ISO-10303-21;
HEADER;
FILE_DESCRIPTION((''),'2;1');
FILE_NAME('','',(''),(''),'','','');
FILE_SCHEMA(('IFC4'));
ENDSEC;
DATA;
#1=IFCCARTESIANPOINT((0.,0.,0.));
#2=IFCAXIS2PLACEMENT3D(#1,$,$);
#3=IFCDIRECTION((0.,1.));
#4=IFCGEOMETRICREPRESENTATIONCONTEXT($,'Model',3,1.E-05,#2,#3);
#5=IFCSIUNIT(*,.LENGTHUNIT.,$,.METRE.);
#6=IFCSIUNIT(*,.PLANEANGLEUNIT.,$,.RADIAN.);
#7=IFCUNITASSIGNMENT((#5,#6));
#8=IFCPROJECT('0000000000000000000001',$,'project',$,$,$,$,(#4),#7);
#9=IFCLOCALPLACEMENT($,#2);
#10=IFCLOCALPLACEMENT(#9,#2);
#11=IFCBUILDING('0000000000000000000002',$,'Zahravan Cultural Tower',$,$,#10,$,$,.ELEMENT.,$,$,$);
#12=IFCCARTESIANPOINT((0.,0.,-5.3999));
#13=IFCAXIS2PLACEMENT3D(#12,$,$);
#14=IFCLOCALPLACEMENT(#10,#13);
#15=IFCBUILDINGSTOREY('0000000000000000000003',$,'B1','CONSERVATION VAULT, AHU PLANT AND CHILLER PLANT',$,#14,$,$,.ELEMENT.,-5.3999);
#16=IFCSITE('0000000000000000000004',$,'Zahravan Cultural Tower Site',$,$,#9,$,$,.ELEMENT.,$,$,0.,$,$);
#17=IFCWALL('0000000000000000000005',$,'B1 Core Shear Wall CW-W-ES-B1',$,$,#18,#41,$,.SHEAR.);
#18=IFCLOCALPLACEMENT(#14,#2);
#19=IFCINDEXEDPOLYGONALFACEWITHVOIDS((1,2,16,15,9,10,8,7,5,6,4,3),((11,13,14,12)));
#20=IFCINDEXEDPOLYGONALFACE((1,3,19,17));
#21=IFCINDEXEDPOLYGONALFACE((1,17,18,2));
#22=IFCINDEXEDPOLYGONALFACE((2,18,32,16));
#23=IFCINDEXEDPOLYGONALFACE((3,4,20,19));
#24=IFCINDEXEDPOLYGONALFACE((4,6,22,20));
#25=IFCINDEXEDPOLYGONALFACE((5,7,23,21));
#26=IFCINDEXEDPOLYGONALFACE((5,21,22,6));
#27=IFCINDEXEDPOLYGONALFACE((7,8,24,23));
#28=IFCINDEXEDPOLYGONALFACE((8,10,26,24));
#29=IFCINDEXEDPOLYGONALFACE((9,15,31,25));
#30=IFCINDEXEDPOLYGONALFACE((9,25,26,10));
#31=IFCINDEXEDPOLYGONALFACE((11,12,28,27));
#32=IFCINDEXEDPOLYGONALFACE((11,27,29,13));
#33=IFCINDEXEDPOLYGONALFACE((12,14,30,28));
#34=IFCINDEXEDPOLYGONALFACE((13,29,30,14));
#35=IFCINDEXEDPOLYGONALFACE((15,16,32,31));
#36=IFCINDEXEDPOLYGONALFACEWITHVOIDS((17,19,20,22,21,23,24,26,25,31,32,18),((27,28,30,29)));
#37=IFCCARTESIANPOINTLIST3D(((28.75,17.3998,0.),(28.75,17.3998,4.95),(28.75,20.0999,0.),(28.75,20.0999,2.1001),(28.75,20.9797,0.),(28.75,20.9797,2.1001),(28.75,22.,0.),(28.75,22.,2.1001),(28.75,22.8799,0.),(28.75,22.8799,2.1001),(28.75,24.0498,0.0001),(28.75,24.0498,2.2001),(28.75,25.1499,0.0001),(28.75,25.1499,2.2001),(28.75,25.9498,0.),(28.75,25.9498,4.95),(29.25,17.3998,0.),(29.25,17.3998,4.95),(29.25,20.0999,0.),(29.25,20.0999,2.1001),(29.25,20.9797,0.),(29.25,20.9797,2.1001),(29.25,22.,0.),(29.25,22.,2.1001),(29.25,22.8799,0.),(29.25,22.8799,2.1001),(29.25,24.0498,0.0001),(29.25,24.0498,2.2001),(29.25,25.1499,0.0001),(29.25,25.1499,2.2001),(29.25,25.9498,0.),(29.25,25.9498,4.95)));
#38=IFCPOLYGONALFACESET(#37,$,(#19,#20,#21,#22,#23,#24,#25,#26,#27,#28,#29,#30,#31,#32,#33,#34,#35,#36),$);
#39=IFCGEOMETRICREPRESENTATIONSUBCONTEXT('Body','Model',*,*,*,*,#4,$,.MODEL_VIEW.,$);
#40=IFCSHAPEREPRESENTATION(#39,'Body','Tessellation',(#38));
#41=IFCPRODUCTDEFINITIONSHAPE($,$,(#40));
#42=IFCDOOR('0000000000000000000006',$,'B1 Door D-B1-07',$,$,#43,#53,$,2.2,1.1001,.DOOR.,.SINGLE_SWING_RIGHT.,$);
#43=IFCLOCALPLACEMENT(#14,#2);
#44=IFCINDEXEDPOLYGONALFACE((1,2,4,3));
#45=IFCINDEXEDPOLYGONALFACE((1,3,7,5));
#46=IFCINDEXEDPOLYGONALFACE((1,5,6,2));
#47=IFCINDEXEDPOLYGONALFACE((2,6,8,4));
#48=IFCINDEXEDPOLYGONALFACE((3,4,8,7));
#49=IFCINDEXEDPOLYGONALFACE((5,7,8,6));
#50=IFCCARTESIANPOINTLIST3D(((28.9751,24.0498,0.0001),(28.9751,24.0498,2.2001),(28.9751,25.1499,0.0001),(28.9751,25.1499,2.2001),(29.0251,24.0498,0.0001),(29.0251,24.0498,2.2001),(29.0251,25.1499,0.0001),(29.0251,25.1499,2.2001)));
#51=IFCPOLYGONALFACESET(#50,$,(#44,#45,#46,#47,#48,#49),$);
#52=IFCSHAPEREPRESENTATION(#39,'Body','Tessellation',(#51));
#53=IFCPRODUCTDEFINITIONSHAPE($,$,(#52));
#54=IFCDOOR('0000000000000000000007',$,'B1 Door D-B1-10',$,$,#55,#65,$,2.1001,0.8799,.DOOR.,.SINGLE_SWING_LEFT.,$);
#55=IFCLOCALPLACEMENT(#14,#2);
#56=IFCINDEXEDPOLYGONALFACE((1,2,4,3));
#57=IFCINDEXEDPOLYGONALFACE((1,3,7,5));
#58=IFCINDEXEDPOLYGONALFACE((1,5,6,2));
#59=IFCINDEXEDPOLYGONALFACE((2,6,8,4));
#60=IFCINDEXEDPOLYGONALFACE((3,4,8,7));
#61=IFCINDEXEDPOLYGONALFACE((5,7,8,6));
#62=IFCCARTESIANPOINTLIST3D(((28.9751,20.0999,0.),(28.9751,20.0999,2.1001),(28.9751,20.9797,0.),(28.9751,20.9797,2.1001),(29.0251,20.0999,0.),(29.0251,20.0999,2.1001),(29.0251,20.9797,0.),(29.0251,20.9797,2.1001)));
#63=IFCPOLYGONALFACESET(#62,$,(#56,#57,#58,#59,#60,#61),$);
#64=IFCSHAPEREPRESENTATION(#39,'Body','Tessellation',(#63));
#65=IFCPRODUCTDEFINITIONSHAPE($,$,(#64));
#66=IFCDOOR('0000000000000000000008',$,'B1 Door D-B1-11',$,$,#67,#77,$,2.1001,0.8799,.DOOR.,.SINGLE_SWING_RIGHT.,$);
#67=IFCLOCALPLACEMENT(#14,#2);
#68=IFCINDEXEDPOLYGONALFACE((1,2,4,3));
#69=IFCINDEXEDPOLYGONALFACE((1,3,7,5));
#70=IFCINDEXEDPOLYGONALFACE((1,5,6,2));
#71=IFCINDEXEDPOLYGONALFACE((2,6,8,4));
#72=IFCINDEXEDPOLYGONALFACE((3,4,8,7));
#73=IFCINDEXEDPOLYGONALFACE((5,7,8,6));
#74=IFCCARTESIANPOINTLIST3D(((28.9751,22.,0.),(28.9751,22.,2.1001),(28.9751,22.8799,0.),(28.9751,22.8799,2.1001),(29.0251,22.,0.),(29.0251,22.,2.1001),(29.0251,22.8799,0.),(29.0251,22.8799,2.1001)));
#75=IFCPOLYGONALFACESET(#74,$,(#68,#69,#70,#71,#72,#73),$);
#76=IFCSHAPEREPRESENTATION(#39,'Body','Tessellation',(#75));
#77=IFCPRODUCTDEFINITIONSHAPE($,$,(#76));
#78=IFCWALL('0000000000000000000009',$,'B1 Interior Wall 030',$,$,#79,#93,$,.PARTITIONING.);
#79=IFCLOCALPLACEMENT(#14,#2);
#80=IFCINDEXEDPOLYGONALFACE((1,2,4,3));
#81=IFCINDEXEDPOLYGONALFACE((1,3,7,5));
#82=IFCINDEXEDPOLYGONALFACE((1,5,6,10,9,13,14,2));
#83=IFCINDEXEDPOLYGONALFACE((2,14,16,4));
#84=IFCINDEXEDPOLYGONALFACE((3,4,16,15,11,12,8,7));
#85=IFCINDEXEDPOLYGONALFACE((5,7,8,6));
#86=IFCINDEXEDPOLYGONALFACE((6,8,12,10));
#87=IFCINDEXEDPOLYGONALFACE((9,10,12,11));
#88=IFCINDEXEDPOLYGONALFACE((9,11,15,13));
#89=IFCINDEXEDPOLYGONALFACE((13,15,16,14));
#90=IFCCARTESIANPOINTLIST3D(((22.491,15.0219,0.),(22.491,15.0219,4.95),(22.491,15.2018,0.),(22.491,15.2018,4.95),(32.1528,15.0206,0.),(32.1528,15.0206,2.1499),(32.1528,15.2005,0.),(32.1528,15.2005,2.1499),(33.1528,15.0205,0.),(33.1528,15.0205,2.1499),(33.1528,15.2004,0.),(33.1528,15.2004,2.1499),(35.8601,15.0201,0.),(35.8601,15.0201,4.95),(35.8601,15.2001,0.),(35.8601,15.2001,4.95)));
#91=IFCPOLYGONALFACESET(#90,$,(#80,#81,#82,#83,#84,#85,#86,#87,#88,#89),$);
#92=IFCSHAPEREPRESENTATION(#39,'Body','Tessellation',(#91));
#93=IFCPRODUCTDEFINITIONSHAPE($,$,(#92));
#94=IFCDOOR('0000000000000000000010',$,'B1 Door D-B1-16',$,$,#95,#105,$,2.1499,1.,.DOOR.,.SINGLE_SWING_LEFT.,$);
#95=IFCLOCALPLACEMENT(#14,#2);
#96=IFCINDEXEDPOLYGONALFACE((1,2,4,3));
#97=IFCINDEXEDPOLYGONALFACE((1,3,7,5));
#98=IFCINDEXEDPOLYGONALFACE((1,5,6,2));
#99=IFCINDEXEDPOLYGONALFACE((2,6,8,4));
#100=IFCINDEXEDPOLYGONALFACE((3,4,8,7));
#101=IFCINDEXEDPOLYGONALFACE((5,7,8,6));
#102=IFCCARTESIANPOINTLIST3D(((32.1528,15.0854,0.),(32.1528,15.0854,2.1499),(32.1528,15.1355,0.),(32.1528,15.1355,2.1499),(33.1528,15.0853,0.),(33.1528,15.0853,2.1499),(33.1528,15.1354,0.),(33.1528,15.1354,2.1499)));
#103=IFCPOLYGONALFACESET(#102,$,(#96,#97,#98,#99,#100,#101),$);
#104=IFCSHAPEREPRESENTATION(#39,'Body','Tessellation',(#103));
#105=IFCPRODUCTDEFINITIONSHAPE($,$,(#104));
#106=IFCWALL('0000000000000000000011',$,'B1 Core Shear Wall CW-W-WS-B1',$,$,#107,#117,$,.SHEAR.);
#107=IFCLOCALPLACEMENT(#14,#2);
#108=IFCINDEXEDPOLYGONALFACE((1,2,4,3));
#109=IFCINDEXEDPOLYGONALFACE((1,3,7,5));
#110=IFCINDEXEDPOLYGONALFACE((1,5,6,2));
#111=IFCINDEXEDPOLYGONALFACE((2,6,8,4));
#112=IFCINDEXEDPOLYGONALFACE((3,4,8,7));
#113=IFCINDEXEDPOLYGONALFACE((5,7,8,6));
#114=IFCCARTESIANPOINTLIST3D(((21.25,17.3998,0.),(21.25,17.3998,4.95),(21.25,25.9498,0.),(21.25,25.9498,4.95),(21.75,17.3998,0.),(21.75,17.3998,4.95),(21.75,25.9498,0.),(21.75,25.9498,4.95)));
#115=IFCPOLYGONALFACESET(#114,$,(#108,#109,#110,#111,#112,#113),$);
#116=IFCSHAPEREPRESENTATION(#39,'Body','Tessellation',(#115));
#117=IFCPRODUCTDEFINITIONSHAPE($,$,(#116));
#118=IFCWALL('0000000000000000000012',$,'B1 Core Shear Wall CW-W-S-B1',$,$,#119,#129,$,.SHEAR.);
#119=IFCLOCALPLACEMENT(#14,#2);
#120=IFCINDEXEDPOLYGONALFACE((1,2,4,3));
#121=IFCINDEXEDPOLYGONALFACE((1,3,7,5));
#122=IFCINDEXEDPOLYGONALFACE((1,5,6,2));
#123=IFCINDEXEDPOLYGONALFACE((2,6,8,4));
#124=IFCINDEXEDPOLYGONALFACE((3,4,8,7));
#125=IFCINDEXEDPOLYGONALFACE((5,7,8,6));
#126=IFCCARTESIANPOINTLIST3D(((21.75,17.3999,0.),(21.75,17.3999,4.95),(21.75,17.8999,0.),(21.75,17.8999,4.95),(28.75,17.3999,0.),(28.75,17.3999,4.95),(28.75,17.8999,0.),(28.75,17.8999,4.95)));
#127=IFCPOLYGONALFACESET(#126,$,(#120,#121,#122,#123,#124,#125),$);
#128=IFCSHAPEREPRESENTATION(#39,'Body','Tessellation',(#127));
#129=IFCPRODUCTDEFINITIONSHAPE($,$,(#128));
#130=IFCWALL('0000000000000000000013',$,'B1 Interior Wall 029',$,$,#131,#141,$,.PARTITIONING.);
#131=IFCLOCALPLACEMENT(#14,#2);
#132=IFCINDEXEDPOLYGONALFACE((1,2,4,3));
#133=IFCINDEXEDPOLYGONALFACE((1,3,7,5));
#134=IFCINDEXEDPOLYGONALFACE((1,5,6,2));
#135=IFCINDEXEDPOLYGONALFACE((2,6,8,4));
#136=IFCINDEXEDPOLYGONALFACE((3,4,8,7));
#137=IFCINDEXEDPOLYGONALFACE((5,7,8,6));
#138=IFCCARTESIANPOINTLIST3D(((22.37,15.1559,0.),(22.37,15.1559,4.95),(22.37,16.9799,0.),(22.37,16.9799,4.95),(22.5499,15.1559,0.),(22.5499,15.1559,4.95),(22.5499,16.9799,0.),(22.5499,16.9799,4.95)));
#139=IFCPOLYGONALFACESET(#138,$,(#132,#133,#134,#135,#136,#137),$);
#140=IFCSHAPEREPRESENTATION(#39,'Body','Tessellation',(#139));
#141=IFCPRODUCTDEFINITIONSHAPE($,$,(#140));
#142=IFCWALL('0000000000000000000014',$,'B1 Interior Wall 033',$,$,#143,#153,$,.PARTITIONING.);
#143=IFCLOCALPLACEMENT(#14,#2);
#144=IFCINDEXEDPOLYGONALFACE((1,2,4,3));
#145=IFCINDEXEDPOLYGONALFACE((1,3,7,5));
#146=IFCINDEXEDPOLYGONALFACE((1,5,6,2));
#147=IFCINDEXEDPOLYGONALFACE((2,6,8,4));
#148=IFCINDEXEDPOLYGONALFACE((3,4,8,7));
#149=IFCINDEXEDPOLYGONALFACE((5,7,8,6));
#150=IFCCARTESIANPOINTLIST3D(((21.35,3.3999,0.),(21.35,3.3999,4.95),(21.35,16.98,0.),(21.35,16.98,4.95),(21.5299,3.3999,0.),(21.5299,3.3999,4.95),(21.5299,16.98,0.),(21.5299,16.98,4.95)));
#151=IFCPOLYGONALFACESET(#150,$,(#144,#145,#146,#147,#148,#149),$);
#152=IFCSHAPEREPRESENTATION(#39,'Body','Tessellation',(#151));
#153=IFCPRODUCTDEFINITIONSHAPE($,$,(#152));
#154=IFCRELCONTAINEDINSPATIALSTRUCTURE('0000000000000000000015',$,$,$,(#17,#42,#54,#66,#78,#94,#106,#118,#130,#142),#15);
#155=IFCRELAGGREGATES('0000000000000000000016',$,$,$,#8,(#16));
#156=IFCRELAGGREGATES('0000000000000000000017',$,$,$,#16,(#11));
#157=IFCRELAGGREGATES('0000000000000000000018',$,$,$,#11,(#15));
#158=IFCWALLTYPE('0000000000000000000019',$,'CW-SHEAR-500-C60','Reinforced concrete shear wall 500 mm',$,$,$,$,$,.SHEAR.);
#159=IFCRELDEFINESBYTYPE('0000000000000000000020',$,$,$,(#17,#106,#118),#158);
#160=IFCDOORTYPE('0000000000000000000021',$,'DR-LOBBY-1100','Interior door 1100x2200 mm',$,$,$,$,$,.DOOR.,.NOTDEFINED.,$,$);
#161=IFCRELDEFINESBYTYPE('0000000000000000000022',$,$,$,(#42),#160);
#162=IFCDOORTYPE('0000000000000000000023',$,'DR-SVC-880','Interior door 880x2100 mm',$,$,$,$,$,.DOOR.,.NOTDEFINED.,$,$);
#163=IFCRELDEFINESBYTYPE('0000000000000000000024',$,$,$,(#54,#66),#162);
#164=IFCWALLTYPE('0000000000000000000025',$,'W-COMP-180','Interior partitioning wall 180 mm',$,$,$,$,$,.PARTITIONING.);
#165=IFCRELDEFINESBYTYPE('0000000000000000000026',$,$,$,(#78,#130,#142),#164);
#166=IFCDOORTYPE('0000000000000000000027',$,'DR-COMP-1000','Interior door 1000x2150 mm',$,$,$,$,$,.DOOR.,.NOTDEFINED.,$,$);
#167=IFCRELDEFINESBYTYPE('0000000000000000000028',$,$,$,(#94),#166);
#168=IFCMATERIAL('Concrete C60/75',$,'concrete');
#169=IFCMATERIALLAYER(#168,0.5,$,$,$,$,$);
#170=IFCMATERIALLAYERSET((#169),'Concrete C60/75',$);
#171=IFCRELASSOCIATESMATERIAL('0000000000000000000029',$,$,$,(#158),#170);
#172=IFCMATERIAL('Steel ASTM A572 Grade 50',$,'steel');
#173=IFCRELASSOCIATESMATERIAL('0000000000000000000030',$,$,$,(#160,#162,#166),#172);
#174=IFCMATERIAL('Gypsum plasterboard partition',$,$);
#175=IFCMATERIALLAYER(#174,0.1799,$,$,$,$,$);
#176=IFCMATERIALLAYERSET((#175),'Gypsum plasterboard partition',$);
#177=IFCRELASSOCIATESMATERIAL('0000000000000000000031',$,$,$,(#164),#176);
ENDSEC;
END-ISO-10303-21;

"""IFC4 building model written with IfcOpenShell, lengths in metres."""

from ifc_helpers import new_model, si_unit, direction, frame, frame_2d, origin, place, context, subcontext, project, spatial, rectangle, extrude, source, transform, mapped, material, layer, layer_set, type_object, element, fill, save


model = new_model("IFC4")

# Units and contexts
model_context = context("Model", 3, precision=1e-05, world=origin(), true_north=direction((0.0, 1.0)))
body_context = subcontext(model_context, "Body", "Model", "MODEL_VIEW")
ifc_project = project(units=[si_unit("LENGTHUNIT", "METRE"), si_unit("PLANEANGLEUNIT", "RADIAN")], contexts=[model_context])

# Site, building, storey
site_placement = place(None, origin())
site = spatial("IfcSite", under=ifc_project, at=site_placement, Name="Zahravan Cultural Tower Site", CompositionType="ELEMENT", RefElevation=0.0)
building_placement = place(site_placement, origin())
building = spatial("IfcBuilding", under=site, at=building_placement, Name="Zahravan Cultural Tower", CompositionType="ELEMENT")
storey_placement = place(building_placement, frame((0.0, 0.0, -5.3999)))
storey = spatial("IfcBuildingStorey", under=building, at=storey_placement, Name="B1", Description="CONSERVATION VAULT, AHU PLANT AND CHILLER PLANT", CompositionType="ELEMENT", Elevation=-5.3999)

# Shared definitions
ifc_material_1 = material(Name="Concrete C60/75", Category="concrete")
ifc_material_2 = material(Name="Steel ASTM A572 Grade 50", Category="steel")

# Wall, openings, doors
ifc_layer_1 = layer(ifc_material_1, 0.5)
ifc_layer_set_1 = layer_set([ifc_layer_1], Name="Concrete C60/75")
wall_type_1 = type_object("IfcWallType", Name="CW-SHEAR-500-C60", Description="Reinforced concrete shear wall 500 mm", PredefinedType="SHEAR", material=ifc_layer_set_1)
wall_1_placement = place(storey_placement, frame((29.0, 17.3999, 0.0), z_axis=(0.0, 0.0, 1.0), x_axis=(0.0, 1.0, 0.0)))
wall_1 = element("IfcWall", 1, at=wall_1_placement, inside=storey, type_object=wall_type_1, Name="B1 Core Shear Wall CW-W-ES-B1", PredefinedType="SHEAR", context=body_context, shape_type="SweptSolid", body=[
    extrude(rectangle(XDim=8.55, YDim=0.5, at=frame_2d((4.2749, 0.0))), origin(), (0.0, 0.0, 1.0), 4.95),
])
opening_1_placement = place(wall_1_placement, frame((6.6499, 0.0, 0.0)))
opening_1 = element("IfcOpeningElement", 2, at=opening_1_placement, cuts=wall_1, PredefinedType="OPENING", context=body_context, shape_type="SweptSolid", body=[
    extrude(rectangle(XDim=1.1001, YDim=2.2, at=frame_2d((0.55, 1.1001))), frame((0.0, 0.26, 0.0), z_axis=(0.0, -1.0, 0.0), x_axis=(1.0, 0.0, 0.0)), (0.0, 0.0, 1.0), 0.52),
])
opening_2_placement = place(wall_1_placement, frame((2.7, 0.0, 0.0)))
opening_2 = element("IfcOpeningElement", 3, at=opening_2_placement, cuts=wall_1, PredefinedType="OPENING", context=body_context, shape_type="SweptSolid", body=[
    extrude(rectangle(XDim=0.8799, YDim=2.1001, at=frame_2d((0.4399, 1.05))), frame((0.0, 0.26, 0.0), z_axis=(0.0, -1.0, 0.0), x_axis=(1.0, 0.0, 0.0)), (0.0, 0.0, 1.0), 0.52),
])
opening_3_placement = place(wall_1_placement, frame((4.6001, 0.0, 0.0)))
opening_3 = element("IfcOpeningElement", 4, at=opening_3_placement, cuts=wall_1, PredefinedType="OPENING", context=body_context, shape_type="SweptSolid", body=[
    extrude(rectangle(XDim=0.8799, YDim=2.1001, at=frame_2d((0.4399, 1.05))), frame((0.0, 0.26, 0.0), z_axis=(0.0, -1.0, 0.0), x_axis=(1.0, 0.0, 0.0)), (0.0, 0.0, 1.0), 0.52),
])
door_type_1 = type_object("IfcDoorType", Name="DR-LOBBY-1100", Description="Interior door 1100x2200 mm", OperationType="NOTDEFINED", PredefinedType="DOOR", material=ifc_material_2)
shared_shape_1 = source(origin(), body_context, "Body", "SweptSolid", [
    extrude(rectangle(XDim=1.1001, YDim=2.2, at=frame_2d((0.55, 1.1001))), frame((0.0, 0.0249, 0.0), z_axis=(0.0, -1.0, 0.0), x_axis=(1.0, 0.0, 0.0)), (0.0, 0.0, 1.0), 0.05),
])
door_1_placement = place(opening_1_placement, origin())
door_1 = element("IfcDoor", 5, at=door_1_placement, inside=storey, type_object=door_type_1, Name="B1 Door D-B1-07", OperationType="SINGLE_SWING_RIGHT", OverallHeight=2.2, OverallWidth=1.1001, PredefinedType="DOOR", context=body_context, shape_type="MappedRepresentation", body=[
    mapped(shared_shape_1, transform((0.0, 0.0, 0.0), x_axis=(1.0, 0.0, 0.0), y_axis=(0.0, 1.0, 0.0), z_axis=(0.0, 0.0, 1.0), scale=1.0)),
])
fill(opening_1, door_1)
door_type_2 = type_object("IfcDoorType", Name="DR-SVC-880", Description="Interior door 880x2100 mm", OperationType="NOTDEFINED", PredefinedType="DOOR", material=ifc_material_2)
shared_shape_2 = source(origin(), body_context, "Body", "SweptSolid", [
    extrude(rectangle(XDim=0.8799, YDim=2.1001, at=frame_2d((0.4399, 1.05))), frame((0.0, 0.0249, 0.0), z_axis=(0.0, -1.0, 0.0), x_axis=(1.0, 0.0, 0.0)), (0.0, 0.0, 1.0), 0.05),
])
door_2_placement = place(opening_2_placement, origin())
door_2 = element("IfcDoor", 6, at=door_2_placement, inside=storey, type_object=door_type_2, Name="B1 Door D-B1-10", OperationType="SINGLE_SWING_LEFT", OverallHeight=2.1001, OverallWidth=0.8799, PredefinedType="DOOR", context=body_context, shape_type="MappedRepresentation", body=[
    mapped(shared_shape_2, transform((0.0, 0.0, 0.0), x_axis=(1.0, 0.0, 0.0), y_axis=(0.0, 1.0, 0.0), z_axis=(0.0, 0.0, 1.0), scale=1.0)),
])
fill(opening_2, door_2)
door_3_placement = place(opening_3_placement, origin())
door_3 = element("IfcDoor", 7, at=door_3_placement, inside=storey, type_object=door_type_2, Name="B1 Door D-B1-11", OperationType="SINGLE_SWING_RIGHT", OverallHeight=2.1001, OverallWidth=0.8799, PredefinedType="DOOR", context=body_context, shape_type="MappedRepresentation", body=[
    mapped(shared_shape_2, transform((0.0, 0.0, 0.0), x_axis=(1.0, 0.0, 0.0), y_axis=(0.0, 1.0, 0.0), z_axis=(0.0, 0.0, 1.0), scale=1.0)),
])
fill(opening_3, door_3)

# Wall, opening, door
ifc_material_3 = material(Name="Gypsum plasterboard partition")
ifc_layer_2 = layer(ifc_material_3, 0.1799)
ifc_layer_set_2 = layer_set([ifc_layer_2], Name="Gypsum plasterboard partition")
wall_type_2 = type_object("IfcWallType", Name="W-COMP-180", Description="Interior partitioning wall 180 mm", PredefinedType="PARTITIONING", material=ifc_layer_set_2)
wall_2_placement = place(storey_placement, frame((22.491, 15.1118, 0.0), z_axis=(0.0, 0.0, 1.0), x_axis=(1.0, -0.000128, 0.0)))
wall_2 = element("IfcWall", 8, at=wall_2_placement, inside=storey, type_object=wall_type_2, Name="B1 Interior Wall 030", PredefinedType="PARTITIONING", context=body_context, shape_type="SweptSolid", body=[
    extrude(rectangle(XDim=13.3691, YDim=0.1799, at=frame_2d((6.6846, 0.0))), origin(), (0.0, 0.0, 1.0), 4.95),
])
opening_4_placement = place(wall_2_placement, frame((9.6619, 0.0, 0.0)))
opening_4 = element("IfcOpeningElement", 9, at=opening_4_placement, cuts=wall_2, PredefinedType="OPENING", context=body_context, shape_type="SweptSolid", body=[
    extrude(rectangle(XDim=1.0, YDim=2.1499, at=frame_2d((0.5, 1.075))), frame((0.0, 0.0999, 0.0), z_axis=(0.0, -1.0, 0.0), x_axis=(1.0, 0.0, 0.0)), (0.0, 0.0, 1.0), 0.2),
])
door_type_3 = type_object("IfcDoorType", Name="DR-COMP-1000", Description="Interior door 1000x2150 mm", OperationType="NOTDEFINED", PredefinedType="DOOR", material=ifc_material_2)
shared_shape_3 = source(origin(), body_context, "Body", "SweptSolid", [
    extrude(rectangle(XDim=1.0, YDim=2.1499, at=frame_2d((0.5, 1.075))), frame((0.0, 0.0249, 0.0), z_axis=(0.0, -1.0, 0.0), x_axis=(1.0, 0.0, 0.0)), (0.0, 0.0, 1.0), 0.05),
])
door_4_placement = place(opening_4_placement, origin())
door_4 = element("IfcDoor", 10, at=door_4_placement, inside=storey, type_object=door_type_3, Name="B1 Door D-B1-16", OperationType="SINGLE_SWING_LEFT", OverallHeight=2.1499, OverallWidth=1.0, PredefinedType="DOOR", context=body_context, shape_type="MappedRepresentation", body=[
    mapped(shared_shape_3, transform((0.0, 0.0, 0.0), x_axis=(1.0, 0.0, 0.0), y_axis=(0.0, 1.0, 0.0), z_axis=(0.0, 0.0, 1.0), scale=1.0)),
])
fill(opening_4, door_4)

# Walls
shared_shape_4 = source(origin(), body_context, "Body", "SweptSolid", [
    extrude(rectangle(XDim=8.55, YDim=0.5, at=frame_2d((4.2749, 0.0))), origin(), (0.0, 0.0, 1.0), 4.95),
])
wall_3_placement = place(storey_placement, frame((21.5, 17.3999, 0.0), z_axis=(0.0, 0.0, 1.0), x_axis=(0.0, 1.0, 0.0)))
element("IfcWall", 11, at=wall_3_placement, inside=storey, type_object=wall_type_1, Name="B1 Core Shear Wall CW-W-WS-B1", PredefinedType="SHEAR", context=body_context, shape_type="MappedRepresentation", body=[
    mapped(shared_shape_4, transform((0.0, 0.0, 0.0), x_axis=(1.0, 0.0, 0.0), y_axis=(0.0, 1.0, 0.0), z_axis=(0.0, 0.0, 1.0), scale=1.0)),
])
shared_shape_5 = source(origin(), body_context, "Body", "SweptSolid", [
    extrude(rectangle(XDim=7.0, YDim=0.5, at=frame_2d((3.5, 0.0))), origin(), (0.0, 0.0, 1.0), 4.95),
])
wall_4_placement = place(storey_placement, frame((21.75, 17.6499, 0.0), z_axis=(0.0, 0.0, 1.0), x_axis=(1.0, 0.0, 0.0)))
element("IfcWall", 12, at=wall_4_placement, inside=storey, type_object=wall_type_1, Name="B1 Core Shear Wall CW-W-S-B1", PredefinedType="SHEAR", context=body_context, shape_type="MappedRepresentation", body=[
    mapped(shared_shape_5, transform((0.0, 0.0, 0.0), x_axis=(1.0, 0.0, 0.0), y_axis=(0.0, 1.0, 0.0), z_axis=(0.0, 0.0, 1.0), scale=1.0)),
])
shared_shape_6 = source(origin(), body_context, "Body", "SweptSolid", [
    extrude(rectangle(XDim=1.824, YDim=0.1799, at=frame_2d((0.9121, 0.0))), origin(), (0.0, 0.0, 1.0), 4.95),
])
wall_5_placement = place(storey_placement, frame((22.46, 16.98, 0.0), z_axis=(0.0, 0.0, 1.0), x_axis=(0.0, -1.0, 0.0)))
element("IfcWall", 13, at=wall_5_placement, inside=storey, type_object=wall_type_2, Name="B1 Interior Wall 029", PredefinedType="PARTITIONING", context=body_context, shape_type="MappedRepresentation", body=[
    mapped(shared_shape_6, transform((0.0, 0.0, 0.0), x_axis=(1.0, 0.0, 0.0), y_axis=(0.0, 1.0, 0.0), z_axis=(0.0, 0.0, 1.0), scale=1.0)),
])
shared_shape_7 = source(origin(), body_context, "Body", "SweptSolid", [
    extrude(rectangle(XDim=13.5801, YDim=0.1799, at=frame_2d((6.79, 0.0))), origin(), (0.0, 0.0, 1.0), 4.95),
])
wall_6_placement = place(storey_placement, frame((21.4399, 3.3999, 0.0), z_axis=(0.0, 0.0, 1.0), x_axis=(0.0, 1.0, 0.0)))
element("IfcWall", 14, at=wall_6_placement, inside=storey, type_object=wall_type_2, Name="B1 Interior Wall 033", PredefinedType="PARTITIONING", context=body_context, shape_type="MappedRepresentation", body=[
    mapped(shared_shape_7, transform((0.0, 0.0, 0.0), x_axis=(1.0, 0.0, 0.0), y_axis=(0.0, 1.0, 0.0), z_axis=(0.0, 0.0, 1.0), scale=1.0)),
])

save(model, "model.ifc")
